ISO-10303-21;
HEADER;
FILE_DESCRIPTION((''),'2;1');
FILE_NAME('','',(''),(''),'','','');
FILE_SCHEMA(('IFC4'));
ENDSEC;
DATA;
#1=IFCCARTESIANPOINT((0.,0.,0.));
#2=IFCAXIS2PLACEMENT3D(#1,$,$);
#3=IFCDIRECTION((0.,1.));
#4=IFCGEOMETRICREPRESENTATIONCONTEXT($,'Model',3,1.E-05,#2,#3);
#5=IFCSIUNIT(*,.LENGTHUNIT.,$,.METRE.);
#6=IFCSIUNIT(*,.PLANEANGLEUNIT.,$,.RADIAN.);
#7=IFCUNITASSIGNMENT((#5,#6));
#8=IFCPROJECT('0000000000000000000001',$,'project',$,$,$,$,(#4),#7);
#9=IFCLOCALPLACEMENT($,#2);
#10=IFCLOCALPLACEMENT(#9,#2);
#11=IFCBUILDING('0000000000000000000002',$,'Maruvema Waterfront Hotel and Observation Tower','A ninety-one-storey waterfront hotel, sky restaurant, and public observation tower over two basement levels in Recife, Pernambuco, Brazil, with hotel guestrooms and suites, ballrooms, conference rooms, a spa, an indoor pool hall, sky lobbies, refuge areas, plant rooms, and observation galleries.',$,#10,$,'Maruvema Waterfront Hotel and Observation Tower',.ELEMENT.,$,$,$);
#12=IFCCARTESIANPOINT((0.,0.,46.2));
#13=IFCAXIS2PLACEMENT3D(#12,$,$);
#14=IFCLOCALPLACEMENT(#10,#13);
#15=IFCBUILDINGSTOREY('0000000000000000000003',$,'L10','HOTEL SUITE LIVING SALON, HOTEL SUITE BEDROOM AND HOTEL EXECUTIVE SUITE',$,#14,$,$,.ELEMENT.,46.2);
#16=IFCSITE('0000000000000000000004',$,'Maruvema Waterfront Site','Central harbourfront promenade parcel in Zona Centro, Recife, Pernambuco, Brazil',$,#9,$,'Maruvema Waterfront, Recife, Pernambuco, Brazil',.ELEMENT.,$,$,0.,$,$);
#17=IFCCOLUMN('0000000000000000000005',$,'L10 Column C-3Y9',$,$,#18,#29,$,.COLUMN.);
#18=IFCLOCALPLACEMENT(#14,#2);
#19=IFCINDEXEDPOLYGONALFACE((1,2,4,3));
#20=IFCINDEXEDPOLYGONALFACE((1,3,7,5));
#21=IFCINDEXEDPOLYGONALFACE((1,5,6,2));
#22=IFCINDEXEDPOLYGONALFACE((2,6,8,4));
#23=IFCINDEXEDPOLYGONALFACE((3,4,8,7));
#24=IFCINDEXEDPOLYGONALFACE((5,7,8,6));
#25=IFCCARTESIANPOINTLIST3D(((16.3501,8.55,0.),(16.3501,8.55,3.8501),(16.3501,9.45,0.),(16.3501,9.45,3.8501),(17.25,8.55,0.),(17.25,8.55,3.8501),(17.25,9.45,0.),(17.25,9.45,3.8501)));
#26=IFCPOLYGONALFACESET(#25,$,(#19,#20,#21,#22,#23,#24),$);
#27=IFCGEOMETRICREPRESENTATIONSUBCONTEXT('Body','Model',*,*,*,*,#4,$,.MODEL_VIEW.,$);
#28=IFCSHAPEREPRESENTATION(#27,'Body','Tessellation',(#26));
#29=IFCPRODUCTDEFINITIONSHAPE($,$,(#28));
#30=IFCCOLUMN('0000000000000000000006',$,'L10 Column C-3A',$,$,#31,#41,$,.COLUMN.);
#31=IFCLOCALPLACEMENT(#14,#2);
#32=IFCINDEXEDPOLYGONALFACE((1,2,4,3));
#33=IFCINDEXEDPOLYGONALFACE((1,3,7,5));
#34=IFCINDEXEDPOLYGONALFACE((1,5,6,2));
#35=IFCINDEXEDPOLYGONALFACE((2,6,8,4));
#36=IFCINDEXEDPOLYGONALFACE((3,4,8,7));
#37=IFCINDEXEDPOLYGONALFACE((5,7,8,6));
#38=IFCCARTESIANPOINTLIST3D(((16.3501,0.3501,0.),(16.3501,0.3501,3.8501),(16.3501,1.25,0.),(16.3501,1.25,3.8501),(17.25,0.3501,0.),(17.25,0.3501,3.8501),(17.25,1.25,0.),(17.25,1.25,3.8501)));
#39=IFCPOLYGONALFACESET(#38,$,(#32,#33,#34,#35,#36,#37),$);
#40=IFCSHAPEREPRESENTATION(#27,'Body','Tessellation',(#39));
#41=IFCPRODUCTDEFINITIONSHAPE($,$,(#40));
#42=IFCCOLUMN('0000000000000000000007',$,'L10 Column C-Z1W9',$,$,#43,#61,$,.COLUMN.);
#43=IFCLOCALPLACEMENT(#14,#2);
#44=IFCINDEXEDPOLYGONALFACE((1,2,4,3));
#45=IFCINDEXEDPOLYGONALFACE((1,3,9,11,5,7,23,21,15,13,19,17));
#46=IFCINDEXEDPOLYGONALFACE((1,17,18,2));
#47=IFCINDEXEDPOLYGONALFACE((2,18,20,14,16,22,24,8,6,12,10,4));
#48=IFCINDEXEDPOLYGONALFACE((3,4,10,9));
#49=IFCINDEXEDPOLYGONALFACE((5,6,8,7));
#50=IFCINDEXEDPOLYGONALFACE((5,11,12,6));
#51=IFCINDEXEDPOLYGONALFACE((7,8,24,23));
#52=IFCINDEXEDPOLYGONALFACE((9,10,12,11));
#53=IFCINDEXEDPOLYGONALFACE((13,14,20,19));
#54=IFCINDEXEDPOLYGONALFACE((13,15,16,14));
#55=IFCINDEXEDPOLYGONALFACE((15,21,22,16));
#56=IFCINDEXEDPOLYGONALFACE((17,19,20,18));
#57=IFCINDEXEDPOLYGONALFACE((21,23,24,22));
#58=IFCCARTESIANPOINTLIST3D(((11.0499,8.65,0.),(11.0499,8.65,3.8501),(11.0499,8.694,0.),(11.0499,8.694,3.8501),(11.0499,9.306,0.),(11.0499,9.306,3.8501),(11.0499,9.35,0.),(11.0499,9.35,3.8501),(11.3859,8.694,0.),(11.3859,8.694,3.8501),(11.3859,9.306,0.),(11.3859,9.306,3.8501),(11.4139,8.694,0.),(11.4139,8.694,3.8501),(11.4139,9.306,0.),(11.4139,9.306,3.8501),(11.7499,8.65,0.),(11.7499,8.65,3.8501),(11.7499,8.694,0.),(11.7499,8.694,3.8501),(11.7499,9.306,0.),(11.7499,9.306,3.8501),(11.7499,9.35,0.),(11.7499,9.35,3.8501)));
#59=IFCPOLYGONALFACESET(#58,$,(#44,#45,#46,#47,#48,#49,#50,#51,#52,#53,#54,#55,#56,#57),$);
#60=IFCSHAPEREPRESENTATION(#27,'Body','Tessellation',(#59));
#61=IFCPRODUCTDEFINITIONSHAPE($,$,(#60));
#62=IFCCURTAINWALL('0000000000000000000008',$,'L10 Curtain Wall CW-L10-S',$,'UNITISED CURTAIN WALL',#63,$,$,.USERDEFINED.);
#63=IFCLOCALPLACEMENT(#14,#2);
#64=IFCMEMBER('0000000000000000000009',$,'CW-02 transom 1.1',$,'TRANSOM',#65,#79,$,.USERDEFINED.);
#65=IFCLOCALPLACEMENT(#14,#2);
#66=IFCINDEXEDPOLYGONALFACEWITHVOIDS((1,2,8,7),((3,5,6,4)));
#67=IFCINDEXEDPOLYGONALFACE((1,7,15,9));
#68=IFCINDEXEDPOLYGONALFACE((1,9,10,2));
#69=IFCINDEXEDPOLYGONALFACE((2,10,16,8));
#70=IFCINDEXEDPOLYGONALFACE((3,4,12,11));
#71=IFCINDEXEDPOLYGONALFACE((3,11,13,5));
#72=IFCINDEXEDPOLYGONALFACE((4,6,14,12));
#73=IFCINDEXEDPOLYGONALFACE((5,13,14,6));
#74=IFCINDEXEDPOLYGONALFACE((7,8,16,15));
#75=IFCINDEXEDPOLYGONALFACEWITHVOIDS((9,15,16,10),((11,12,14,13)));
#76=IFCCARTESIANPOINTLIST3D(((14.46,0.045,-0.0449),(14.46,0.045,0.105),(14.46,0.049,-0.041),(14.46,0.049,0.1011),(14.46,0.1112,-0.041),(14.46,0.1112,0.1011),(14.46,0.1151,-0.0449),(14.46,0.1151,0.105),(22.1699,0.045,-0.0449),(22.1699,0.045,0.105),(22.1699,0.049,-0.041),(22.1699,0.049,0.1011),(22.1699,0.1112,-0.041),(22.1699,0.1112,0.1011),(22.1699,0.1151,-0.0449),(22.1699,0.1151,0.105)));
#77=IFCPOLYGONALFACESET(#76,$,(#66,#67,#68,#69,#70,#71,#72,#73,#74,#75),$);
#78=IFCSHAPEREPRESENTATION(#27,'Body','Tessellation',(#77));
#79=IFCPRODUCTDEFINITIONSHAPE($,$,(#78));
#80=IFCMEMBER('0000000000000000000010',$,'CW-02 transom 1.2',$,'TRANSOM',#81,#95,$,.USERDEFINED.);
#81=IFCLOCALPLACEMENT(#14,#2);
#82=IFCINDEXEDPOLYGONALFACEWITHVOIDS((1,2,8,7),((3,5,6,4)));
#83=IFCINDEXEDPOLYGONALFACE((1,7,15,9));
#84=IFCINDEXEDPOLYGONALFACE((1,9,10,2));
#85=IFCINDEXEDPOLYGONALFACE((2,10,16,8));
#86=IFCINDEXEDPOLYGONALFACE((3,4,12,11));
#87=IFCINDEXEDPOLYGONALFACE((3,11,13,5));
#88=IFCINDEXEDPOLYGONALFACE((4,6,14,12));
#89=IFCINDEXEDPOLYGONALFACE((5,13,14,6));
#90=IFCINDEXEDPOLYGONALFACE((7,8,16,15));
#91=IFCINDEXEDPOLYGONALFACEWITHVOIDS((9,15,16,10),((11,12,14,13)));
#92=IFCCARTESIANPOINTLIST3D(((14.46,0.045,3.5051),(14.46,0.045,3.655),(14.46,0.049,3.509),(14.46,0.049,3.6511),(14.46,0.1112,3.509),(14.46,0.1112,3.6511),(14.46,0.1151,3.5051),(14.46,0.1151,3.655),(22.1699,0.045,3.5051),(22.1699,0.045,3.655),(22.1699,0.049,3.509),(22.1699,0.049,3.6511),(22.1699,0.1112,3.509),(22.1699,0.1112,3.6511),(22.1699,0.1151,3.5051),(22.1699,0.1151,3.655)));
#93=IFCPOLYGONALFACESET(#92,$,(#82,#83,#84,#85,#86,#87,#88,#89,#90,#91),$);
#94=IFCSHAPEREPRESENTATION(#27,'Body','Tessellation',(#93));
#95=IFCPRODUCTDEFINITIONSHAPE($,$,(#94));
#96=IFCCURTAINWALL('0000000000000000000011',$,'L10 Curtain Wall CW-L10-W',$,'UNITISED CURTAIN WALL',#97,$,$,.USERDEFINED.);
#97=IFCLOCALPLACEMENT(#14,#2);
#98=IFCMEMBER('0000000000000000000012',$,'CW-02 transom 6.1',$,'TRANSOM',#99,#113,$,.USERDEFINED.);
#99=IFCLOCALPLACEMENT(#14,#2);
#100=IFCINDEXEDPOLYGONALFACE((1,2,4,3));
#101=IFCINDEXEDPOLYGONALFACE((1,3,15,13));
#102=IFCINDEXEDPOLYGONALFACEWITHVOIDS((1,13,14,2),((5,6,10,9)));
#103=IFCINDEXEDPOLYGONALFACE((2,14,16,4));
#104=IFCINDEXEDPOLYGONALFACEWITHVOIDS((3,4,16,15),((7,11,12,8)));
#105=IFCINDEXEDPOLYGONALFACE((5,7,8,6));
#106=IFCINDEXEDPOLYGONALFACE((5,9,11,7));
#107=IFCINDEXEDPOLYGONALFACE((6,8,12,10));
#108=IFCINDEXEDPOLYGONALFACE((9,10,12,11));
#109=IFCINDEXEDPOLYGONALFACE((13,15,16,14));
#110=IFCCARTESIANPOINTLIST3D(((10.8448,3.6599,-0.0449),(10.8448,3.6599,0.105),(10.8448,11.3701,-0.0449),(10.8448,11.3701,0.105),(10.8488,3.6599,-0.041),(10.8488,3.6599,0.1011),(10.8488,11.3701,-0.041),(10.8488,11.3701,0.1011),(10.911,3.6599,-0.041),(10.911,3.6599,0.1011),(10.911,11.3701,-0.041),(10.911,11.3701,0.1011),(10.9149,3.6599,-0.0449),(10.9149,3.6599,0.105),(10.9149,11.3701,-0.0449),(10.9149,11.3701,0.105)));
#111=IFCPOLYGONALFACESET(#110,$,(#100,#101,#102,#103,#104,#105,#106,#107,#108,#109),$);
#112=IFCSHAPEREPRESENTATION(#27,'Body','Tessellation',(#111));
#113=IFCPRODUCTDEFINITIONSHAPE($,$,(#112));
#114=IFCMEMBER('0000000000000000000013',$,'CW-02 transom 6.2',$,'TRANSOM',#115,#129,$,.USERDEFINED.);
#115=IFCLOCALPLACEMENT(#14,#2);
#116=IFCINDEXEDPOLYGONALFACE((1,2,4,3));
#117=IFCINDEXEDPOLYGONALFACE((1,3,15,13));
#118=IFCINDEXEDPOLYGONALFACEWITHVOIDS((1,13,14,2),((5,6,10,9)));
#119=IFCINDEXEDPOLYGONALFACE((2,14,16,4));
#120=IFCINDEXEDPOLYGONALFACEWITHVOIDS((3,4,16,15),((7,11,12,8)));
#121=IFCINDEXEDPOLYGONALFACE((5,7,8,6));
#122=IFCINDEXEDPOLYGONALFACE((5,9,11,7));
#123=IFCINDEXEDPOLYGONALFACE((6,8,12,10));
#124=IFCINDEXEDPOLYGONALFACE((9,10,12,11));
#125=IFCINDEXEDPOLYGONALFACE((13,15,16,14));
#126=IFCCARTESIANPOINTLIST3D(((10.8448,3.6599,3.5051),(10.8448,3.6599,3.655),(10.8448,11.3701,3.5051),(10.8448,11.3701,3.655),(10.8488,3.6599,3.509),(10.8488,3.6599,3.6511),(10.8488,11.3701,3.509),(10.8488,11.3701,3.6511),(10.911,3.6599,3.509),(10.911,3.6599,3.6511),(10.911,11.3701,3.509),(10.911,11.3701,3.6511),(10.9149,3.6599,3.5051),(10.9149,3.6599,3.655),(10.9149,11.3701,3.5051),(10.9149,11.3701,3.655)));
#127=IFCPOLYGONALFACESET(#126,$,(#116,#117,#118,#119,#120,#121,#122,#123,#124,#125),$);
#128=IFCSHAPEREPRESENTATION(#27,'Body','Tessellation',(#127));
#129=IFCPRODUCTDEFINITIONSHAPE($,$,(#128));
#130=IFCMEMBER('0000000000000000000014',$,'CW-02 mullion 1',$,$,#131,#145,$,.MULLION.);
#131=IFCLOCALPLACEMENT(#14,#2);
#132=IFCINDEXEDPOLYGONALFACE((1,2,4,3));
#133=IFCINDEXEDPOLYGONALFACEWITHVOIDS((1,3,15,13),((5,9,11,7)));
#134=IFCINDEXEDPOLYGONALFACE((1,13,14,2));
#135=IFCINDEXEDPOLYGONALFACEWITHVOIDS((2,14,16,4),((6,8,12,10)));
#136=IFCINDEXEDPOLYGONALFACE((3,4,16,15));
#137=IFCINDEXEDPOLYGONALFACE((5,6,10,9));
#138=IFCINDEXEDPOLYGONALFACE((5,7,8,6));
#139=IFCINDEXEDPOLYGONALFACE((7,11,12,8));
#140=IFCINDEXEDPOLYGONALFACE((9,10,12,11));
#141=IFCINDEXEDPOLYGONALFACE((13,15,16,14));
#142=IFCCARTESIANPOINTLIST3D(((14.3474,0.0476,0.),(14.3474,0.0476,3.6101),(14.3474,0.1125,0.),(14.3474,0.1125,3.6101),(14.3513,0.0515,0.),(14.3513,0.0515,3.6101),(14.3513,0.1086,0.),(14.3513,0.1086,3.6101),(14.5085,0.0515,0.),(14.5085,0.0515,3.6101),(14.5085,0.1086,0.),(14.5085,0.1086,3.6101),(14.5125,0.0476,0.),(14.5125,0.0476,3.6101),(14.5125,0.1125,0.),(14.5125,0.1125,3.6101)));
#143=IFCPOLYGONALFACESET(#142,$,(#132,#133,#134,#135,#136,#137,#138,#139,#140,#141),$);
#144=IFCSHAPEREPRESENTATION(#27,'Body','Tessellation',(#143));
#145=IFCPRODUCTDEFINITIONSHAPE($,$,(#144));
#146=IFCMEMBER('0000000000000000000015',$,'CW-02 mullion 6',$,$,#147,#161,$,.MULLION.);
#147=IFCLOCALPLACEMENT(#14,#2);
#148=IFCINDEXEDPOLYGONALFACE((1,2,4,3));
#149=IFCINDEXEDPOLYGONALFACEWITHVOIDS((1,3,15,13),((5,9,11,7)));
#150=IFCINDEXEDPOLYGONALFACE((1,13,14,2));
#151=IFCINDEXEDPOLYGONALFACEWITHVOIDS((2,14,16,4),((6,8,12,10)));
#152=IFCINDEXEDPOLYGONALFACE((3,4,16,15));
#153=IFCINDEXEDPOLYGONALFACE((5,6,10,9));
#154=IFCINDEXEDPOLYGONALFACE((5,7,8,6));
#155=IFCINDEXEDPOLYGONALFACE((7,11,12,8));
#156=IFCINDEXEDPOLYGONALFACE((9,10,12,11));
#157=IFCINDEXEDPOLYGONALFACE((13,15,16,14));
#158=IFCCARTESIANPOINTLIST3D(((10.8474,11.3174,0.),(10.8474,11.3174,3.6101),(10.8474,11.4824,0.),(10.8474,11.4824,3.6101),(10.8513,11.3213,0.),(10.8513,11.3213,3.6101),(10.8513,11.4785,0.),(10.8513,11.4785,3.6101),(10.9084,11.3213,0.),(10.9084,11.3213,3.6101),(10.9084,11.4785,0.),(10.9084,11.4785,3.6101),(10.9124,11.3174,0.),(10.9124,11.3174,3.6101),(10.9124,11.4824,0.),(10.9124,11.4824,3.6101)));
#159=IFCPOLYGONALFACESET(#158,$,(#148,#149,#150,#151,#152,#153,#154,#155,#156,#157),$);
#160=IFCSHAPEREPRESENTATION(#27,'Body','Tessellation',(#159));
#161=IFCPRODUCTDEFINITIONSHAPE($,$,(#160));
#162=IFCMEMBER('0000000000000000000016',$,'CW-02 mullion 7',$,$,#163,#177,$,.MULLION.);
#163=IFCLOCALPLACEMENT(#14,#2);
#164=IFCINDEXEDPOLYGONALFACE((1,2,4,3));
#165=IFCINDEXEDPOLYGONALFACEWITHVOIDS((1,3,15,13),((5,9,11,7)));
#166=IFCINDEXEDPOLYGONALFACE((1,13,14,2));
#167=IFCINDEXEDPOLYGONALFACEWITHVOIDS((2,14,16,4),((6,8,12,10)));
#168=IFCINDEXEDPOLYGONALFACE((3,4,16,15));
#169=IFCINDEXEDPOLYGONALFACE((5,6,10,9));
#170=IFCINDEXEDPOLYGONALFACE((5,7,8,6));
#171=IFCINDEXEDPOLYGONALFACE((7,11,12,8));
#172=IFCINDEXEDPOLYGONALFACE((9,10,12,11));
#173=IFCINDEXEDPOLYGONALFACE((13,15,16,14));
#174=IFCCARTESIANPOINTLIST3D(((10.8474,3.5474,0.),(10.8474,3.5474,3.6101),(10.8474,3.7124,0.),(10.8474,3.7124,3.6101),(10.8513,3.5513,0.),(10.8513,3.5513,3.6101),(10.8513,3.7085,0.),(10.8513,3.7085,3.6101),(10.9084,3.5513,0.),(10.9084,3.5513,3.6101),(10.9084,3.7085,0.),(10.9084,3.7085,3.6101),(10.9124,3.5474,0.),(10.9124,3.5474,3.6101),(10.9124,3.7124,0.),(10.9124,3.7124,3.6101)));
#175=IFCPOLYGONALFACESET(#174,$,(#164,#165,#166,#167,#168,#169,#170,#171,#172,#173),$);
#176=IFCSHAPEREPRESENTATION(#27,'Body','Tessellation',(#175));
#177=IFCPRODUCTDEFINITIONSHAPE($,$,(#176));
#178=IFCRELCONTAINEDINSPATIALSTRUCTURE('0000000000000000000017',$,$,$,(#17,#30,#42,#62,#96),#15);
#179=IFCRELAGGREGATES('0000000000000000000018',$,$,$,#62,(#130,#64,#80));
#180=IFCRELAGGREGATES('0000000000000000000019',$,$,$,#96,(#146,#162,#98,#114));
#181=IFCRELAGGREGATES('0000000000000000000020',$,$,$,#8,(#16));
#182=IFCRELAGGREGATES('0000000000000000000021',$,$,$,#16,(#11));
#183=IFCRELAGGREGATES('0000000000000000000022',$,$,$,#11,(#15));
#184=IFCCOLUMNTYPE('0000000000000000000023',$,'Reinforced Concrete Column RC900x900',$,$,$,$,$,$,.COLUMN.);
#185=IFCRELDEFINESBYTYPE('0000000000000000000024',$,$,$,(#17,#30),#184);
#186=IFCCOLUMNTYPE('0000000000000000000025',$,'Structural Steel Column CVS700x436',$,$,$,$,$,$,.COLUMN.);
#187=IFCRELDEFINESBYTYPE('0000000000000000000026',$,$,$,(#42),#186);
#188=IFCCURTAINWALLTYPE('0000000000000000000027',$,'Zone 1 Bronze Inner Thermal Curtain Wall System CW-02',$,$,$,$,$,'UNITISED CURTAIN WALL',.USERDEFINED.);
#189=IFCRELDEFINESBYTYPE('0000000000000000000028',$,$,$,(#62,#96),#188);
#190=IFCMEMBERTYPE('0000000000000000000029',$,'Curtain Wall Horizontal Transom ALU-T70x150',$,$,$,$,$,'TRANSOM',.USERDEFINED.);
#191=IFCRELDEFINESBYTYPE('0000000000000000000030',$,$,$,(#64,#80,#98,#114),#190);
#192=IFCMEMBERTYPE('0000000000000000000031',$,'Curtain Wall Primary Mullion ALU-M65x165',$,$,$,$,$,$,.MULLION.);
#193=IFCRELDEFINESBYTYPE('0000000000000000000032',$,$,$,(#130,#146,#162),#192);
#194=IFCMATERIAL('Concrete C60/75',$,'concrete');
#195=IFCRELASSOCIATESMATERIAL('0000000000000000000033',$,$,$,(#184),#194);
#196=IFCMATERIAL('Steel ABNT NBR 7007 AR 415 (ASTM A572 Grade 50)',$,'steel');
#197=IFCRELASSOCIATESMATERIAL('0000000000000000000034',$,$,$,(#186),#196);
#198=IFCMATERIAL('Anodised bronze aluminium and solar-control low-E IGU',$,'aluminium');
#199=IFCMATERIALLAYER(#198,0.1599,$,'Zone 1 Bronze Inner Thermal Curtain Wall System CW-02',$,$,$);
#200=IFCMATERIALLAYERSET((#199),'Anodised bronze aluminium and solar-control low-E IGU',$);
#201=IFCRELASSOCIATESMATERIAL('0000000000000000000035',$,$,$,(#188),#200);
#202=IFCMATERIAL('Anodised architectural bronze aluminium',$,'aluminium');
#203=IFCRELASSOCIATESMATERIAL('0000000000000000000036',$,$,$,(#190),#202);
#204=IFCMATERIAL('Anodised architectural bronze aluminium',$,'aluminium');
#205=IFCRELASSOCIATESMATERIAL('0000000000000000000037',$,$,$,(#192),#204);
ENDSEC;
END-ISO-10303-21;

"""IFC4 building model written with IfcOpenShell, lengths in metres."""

from ifc_helpers import new_model, si_unit, direction, frame, origin, origin_2d, place, context, subcontext, project, spatial, rectangle, hollow_rectangle, i_section, extrude, material, layer, layer_set, material_profile, profile_set, type_object, element, aggregate, save


model = new_model("IFC4")

# Units and contexts
model_context = context("Model", 3, precision=1e-05, world=origin(), true_north=direction((0.0, 1.0)))
body_context = subcontext(model_context, "Body", "Model", "MODEL_VIEW")
ifc_project = project(units=[si_unit("LENGTHUNIT", "METRE"), si_unit("PLANEANGLEUNIT", "RADIAN")], contexts=[model_context])

# Site, building, storey
site_placement = place(None, origin())
site = spatial("IfcSite", under=ifc_project, at=site_placement, Name="Maruvema Waterfront Site", Description="Central harbourfront promenade parcel in Zona Centro, Recife, Pernambuco, Brazil", LongName="Maruvema Waterfront, Recife, Pernambuco, Brazil", CompositionType="ELEMENT", RefElevation=0.0)
building_placement = place(site_placement, origin())
building = spatial("IfcBuilding", under=site, at=building_placement, Name="Maruvema Waterfront Hotel and Observation Tower", Description="A ninety-one-storey waterfront hotel, sky restaurant, and public observation tower over two basement levels in Recife, Pernambuco, Brazil, with hotel guestrooms and suites, ballrooms, conference rooms, a spa, an indoor pool hall, sky lobbies, refuge areas, plant rooms, and observation galleries.", LongName="Maruvema Waterfront Hotel and Observation Tower", CompositionType="ELEMENT")
storey_placement = place(building_placement, frame((0.0, 0.0, 46.2)))
storey = spatial("IfcBuildingStorey", under=building, at=storey_placement, Name="L10", Description="HOTEL SUITE LIVING SALON, HOTEL SUITE BEDROOM AND HOTEL EXECUTIVE SUITE", CompositionType="ELEMENT", Elevation=46.2)

# Columns
ifc_material_1 = material(Name="Concrete C60/75", Category="concrete")
ifc_material_profile_1 = material_profile(ifc_material_1, rectangle(XDim=0.8999, YDim=0.8999, at=origin_2d()), Name="RC900x900")
ifc_profile_set_1 = profile_set([ifc_material_profile_1], Name="Concrete C60/75")
column_type_1 = type_object("IfcColumnType", Name="Reinforced Concrete Column RC900x900", PredefinedType="COLUMN", material=ifc_profile_set_1)
for number, where, z_axis, x_axis, name in (
    (1, (16.8, 9.0, 0.0), (0.0, 0.0, 1.0), (1.0, 0.0, 0.0), "L10 Column C-3Y9"),
    (2, (16.8, 0.8, 0.0), (0.0, 0.0, 1.0), (1.0, 0.0, 0.0), "L10 Column C-3A"),
):
    element("IfcColumn", number, at=place(storey_placement, frame(where, z_axis=z_axis, x_axis=x_axis)), inside=storey, type_object=column_type_1, Name=name, PredefinedType="COLUMN", context=body_context, shape_type="SweptSolid", body=[
        extrude(rectangle(XDim=0.8999, YDim=0.8999, at=origin_2d()), origin(), (0.0, 0.0, 1.0), 3.8501),
    ])
ifc_material_2 = material(Name="Steel ABNT NBR 7007 AR 415 (ASTM A572 Grade 50)", Category="steel")
ifc_material_profile_2 = material_profile(ifc_material_2, i_section(OverallWidth=0.7, OverallDepth=0.7, WebThickness=0.0281, FlangeThickness=0.0439, at=origin_2d()), Name="CVS700x436")
ifc_profile_set_2 = profile_set([ifc_material_profile_2], Name="Steel ABNT NBR 7007 AR 415 (ASTM A572 Grade 50)")
column_type_2 = type_object("IfcColumnType", Name="Structural Steel Column CVS700x436", PredefinedType="COLUMN", material=ifc_profile_set_2)
column_placement = place(storey_placement, frame((11.3999, 9.0, 0.0), z_axis=(0.0, 0.0, 1.0), x_axis=(1.0, 0.0, 0.0)))
element("IfcColumn", 3, at=column_placement, inside=storey, type_object=column_type_2, Name="L10 Column C-Z1W9", PredefinedType="COLUMN", context=body_context, shape_type="SweptSolid", body=[
    extrude(i_section(OverallWidth=0.7, OverallDepth=0.7, WebThickness=0.0281, FlangeThickness=0.0439, at=origin_2d()), origin(), (0.0, 0.0, 1.0), 3.8501),
])

# Curtain walls, members
ifc_material_3 = material(Name="Anodised bronze aluminium and solar-control low-E IGU", Category="aluminium")
ifc_layer_1 = layer(ifc_material_3, 0.1599, Name="Zone 1 Bronze Inner Thermal Curtain Wall System CW-02")
ifc_layer_set_1 = layer_set([ifc_layer_1], Name="Anodised bronze aluminium and solar-control low-E IGU")
curtain_wall_type = type_object("IfcCurtainWallType", Name="Zone 1 Bronze Inner Thermal Curtain Wall System CW-02", ElementType="UNITISED CURTAIN WALL", PredefinedType="USERDEFINED", material=ifc_layer_set_1)
curtain_wall_1_placement = place(storey_placement, origin())
curtain_wall_1 = element("IfcCurtainWall", 4, at=curtain_wall_1_placement, inside=storey, type_object=curtain_wall_type, Name="L10 Curtain Wall CW-L10-S", ObjectType="UNITISED CURTAIN WALL", PredefinedType="USERDEFINED")
ifc_material_4 = material(Name="Anodised architectural bronze aluminium", Category="aluminium")
ifc_material_profile_3 = material_profile(ifc_material_4, hollow_rectangle(XDim=0.0701, YDim=0.1499, WallThickness=0.0039, at=origin_2d()), Name="ALU-T70x150")
ifc_profile_set_3 = profile_set([ifc_material_profile_3], Name="Anodised architectural bronze aluminium")
member_type_1 = type_object("IfcMemberType", Name="Curtain Wall Horizontal Transom ALU-T70x150", ElementType="TRANSOM", PredefinedType="USERDEFINED", material=ifc_profile_set_3)
member_1_placement = place(storey_placement, frame((14.46, 0.0801, 0.03), z_axis=(1.0, 0.0, 0.0), x_axis=(0.0, 1.0, 0.0)))
member_1 = element("IfcMember", 5, at=member_1_placement, type_object=member_type_1, Name="CW-02 transom 1.1", ObjectType="TRANSOM", PredefinedType="USERDEFINED", context=body_context, shape_type="SweptSolid", body=[
    extrude(hollow_rectangle(XDim=0.0701, YDim=0.1499, WallThickness=0.0039, at=origin_2d()), origin(), (0.0, 0.0, 1.0), 7.71),
])
member_2_placement = place(storey_placement, frame((14.46, 0.0801, 3.5801), z_axis=(1.0, 0.0, 0.0), x_axis=(0.0, 1.0, 0.0)))
member_2 = element("IfcMember", 6, at=member_2_placement, type_object=member_type_1, Name="CW-02 transom 1.2", ObjectType="TRANSOM", PredefinedType="USERDEFINED", context=body_context, shape_type="SweptSolid", body=[
    extrude(hollow_rectangle(XDim=0.0701, YDim=0.1499, WallThickness=0.0039, at=origin_2d()), origin(), (0.0, 0.0, 1.0), 7.71),
])
curtain_wall_2_placement = place(storey_placement, origin())
curtain_wall_2 = element("IfcCurtainWall", 7, at=curtain_wall_2_placement, inside=storey, type_object=curtain_wall_type, Name="L10 Curtain Wall CW-L10-W", ObjectType="UNITISED CURTAIN WALL", PredefinedType="USERDEFINED")
member_3_placement = place(storey_placement, frame((10.8799, 11.3701, 0.03), z_axis=(0.0, -1.0, 0.0), x_axis=(1.0, 0.0, 0.0)))
member_3 = element("IfcMember", 8, at=member_3_placement, type_object=member_type_1, Name="CW-02 transom 6.1", ObjectType="TRANSOM", PredefinedType="USERDEFINED", context=body_context, shape_type="SweptSolid", body=[
    extrude(hollow_rectangle(XDim=0.0701, YDim=0.1499, WallThickness=0.0039, at=origin_2d()), origin(), (0.0, 0.0, 1.0), 7.7102),
])
member_4_placement = place(storey_placement, frame((10.8799, 11.3701, 3.5801), z_axis=(0.0, -1.0, 0.0), x_axis=(1.0, 0.0, 0.0)))
member_4 = element("IfcMember", 9, at=member_4_placement, type_object=member_type_1, Name="CW-02 transom 6.2", ObjectType="TRANSOM", PredefinedType="USERDEFINED", context=body_context, shape_type="SweptSolid", body=[
    extrude(hollow_rectangle(XDim=0.0701, YDim=0.1499, WallThickness=0.0039, at=origin_2d()), origin(), (0.0, 0.0, 1.0), 7.7102),
])

# Members
ifc_material_5 = material(Name="Anodised architectural bronze aluminium", Category="aluminium")
ifc_material_profile_4 = material_profile(ifc_material_5, hollow_rectangle(XDim=0.0649, YDim=0.165, WallThickness=0.0039, at=origin_2d()), Name="ALU-M65x165")
ifc_profile_set_4 = profile_set([ifc_material_profile_4], Name="Anodised architectural bronze aluminium")
member_type_2 = type_object("IfcMemberType", Name="Curtain Wall Primary Mullion ALU-M65x165", PredefinedType="MULLION", material=ifc_profile_set_4)
member_5_placement = place(storey_placement, frame((14.4299, 0.0801, 0.0), z_axis=(0.0, 0.0, 1.0), x_axis=(0.0, 1.0, 0.0)))
member_5 = element("IfcMember", 10, at=member_5_placement, type_object=member_type_2, Name="CW-02 mullion 1", PredefinedType="MULLION", context=body_context, shape_type="SweptSolid", body=[
    extrude(hollow_rectangle(XDim=0.0649, YDim=0.165, WallThickness=0.0039, at=origin_2d()), origin(), (0.0, 0.0, 1.0), 3.6101),
])
member_6_placement = place(storey_placement, frame((10.8799, 11.3999, 0.0), z_axis=(0.0, 0.0, 1.0), x_axis=(1.0, 0.0, 0.0)))
member_6 = element("IfcMember", 11, at=member_6_placement, type_object=member_type_2, Name="CW-02 mullion 6", PredefinedType="MULLION", context=body_context, shape_type="SweptSolid", body=[
    extrude(hollow_rectangle(XDim=0.0649, YDim=0.165, WallThickness=0.0039, at=origin_2d()), origin(), (0.0, 0.0, 1.0), 3.6101),
])
member_7_placement = place(storey_placement, frame((10.8799, 3.6299, 0.0), z_axis=(0.0, 0.0, 1.0), x_axis=(1.0, 0.0, 0.0)))
member_7 = element("IfcMember", 12, at=member_7_placement, type_object=member_type_2, Name="CW-02 mullion 7", PredefinedType="MULLION", context=body_context, shape_type="SweptSolid", body=[
    extrude(hollow_rectangle(XDim=0.0649, YDim=0.165, WallThickness=0.0039, at=origin_2d()), origin(), (0.0, 0.0, 1.0), 3.6101),
])

aggregate(curtain_wall_1, [member_5, member_1, member_2])
aggregate(curtain_wall_2, [member_6, member_7, member_3, member_4])

save(model, "model.ifc")
